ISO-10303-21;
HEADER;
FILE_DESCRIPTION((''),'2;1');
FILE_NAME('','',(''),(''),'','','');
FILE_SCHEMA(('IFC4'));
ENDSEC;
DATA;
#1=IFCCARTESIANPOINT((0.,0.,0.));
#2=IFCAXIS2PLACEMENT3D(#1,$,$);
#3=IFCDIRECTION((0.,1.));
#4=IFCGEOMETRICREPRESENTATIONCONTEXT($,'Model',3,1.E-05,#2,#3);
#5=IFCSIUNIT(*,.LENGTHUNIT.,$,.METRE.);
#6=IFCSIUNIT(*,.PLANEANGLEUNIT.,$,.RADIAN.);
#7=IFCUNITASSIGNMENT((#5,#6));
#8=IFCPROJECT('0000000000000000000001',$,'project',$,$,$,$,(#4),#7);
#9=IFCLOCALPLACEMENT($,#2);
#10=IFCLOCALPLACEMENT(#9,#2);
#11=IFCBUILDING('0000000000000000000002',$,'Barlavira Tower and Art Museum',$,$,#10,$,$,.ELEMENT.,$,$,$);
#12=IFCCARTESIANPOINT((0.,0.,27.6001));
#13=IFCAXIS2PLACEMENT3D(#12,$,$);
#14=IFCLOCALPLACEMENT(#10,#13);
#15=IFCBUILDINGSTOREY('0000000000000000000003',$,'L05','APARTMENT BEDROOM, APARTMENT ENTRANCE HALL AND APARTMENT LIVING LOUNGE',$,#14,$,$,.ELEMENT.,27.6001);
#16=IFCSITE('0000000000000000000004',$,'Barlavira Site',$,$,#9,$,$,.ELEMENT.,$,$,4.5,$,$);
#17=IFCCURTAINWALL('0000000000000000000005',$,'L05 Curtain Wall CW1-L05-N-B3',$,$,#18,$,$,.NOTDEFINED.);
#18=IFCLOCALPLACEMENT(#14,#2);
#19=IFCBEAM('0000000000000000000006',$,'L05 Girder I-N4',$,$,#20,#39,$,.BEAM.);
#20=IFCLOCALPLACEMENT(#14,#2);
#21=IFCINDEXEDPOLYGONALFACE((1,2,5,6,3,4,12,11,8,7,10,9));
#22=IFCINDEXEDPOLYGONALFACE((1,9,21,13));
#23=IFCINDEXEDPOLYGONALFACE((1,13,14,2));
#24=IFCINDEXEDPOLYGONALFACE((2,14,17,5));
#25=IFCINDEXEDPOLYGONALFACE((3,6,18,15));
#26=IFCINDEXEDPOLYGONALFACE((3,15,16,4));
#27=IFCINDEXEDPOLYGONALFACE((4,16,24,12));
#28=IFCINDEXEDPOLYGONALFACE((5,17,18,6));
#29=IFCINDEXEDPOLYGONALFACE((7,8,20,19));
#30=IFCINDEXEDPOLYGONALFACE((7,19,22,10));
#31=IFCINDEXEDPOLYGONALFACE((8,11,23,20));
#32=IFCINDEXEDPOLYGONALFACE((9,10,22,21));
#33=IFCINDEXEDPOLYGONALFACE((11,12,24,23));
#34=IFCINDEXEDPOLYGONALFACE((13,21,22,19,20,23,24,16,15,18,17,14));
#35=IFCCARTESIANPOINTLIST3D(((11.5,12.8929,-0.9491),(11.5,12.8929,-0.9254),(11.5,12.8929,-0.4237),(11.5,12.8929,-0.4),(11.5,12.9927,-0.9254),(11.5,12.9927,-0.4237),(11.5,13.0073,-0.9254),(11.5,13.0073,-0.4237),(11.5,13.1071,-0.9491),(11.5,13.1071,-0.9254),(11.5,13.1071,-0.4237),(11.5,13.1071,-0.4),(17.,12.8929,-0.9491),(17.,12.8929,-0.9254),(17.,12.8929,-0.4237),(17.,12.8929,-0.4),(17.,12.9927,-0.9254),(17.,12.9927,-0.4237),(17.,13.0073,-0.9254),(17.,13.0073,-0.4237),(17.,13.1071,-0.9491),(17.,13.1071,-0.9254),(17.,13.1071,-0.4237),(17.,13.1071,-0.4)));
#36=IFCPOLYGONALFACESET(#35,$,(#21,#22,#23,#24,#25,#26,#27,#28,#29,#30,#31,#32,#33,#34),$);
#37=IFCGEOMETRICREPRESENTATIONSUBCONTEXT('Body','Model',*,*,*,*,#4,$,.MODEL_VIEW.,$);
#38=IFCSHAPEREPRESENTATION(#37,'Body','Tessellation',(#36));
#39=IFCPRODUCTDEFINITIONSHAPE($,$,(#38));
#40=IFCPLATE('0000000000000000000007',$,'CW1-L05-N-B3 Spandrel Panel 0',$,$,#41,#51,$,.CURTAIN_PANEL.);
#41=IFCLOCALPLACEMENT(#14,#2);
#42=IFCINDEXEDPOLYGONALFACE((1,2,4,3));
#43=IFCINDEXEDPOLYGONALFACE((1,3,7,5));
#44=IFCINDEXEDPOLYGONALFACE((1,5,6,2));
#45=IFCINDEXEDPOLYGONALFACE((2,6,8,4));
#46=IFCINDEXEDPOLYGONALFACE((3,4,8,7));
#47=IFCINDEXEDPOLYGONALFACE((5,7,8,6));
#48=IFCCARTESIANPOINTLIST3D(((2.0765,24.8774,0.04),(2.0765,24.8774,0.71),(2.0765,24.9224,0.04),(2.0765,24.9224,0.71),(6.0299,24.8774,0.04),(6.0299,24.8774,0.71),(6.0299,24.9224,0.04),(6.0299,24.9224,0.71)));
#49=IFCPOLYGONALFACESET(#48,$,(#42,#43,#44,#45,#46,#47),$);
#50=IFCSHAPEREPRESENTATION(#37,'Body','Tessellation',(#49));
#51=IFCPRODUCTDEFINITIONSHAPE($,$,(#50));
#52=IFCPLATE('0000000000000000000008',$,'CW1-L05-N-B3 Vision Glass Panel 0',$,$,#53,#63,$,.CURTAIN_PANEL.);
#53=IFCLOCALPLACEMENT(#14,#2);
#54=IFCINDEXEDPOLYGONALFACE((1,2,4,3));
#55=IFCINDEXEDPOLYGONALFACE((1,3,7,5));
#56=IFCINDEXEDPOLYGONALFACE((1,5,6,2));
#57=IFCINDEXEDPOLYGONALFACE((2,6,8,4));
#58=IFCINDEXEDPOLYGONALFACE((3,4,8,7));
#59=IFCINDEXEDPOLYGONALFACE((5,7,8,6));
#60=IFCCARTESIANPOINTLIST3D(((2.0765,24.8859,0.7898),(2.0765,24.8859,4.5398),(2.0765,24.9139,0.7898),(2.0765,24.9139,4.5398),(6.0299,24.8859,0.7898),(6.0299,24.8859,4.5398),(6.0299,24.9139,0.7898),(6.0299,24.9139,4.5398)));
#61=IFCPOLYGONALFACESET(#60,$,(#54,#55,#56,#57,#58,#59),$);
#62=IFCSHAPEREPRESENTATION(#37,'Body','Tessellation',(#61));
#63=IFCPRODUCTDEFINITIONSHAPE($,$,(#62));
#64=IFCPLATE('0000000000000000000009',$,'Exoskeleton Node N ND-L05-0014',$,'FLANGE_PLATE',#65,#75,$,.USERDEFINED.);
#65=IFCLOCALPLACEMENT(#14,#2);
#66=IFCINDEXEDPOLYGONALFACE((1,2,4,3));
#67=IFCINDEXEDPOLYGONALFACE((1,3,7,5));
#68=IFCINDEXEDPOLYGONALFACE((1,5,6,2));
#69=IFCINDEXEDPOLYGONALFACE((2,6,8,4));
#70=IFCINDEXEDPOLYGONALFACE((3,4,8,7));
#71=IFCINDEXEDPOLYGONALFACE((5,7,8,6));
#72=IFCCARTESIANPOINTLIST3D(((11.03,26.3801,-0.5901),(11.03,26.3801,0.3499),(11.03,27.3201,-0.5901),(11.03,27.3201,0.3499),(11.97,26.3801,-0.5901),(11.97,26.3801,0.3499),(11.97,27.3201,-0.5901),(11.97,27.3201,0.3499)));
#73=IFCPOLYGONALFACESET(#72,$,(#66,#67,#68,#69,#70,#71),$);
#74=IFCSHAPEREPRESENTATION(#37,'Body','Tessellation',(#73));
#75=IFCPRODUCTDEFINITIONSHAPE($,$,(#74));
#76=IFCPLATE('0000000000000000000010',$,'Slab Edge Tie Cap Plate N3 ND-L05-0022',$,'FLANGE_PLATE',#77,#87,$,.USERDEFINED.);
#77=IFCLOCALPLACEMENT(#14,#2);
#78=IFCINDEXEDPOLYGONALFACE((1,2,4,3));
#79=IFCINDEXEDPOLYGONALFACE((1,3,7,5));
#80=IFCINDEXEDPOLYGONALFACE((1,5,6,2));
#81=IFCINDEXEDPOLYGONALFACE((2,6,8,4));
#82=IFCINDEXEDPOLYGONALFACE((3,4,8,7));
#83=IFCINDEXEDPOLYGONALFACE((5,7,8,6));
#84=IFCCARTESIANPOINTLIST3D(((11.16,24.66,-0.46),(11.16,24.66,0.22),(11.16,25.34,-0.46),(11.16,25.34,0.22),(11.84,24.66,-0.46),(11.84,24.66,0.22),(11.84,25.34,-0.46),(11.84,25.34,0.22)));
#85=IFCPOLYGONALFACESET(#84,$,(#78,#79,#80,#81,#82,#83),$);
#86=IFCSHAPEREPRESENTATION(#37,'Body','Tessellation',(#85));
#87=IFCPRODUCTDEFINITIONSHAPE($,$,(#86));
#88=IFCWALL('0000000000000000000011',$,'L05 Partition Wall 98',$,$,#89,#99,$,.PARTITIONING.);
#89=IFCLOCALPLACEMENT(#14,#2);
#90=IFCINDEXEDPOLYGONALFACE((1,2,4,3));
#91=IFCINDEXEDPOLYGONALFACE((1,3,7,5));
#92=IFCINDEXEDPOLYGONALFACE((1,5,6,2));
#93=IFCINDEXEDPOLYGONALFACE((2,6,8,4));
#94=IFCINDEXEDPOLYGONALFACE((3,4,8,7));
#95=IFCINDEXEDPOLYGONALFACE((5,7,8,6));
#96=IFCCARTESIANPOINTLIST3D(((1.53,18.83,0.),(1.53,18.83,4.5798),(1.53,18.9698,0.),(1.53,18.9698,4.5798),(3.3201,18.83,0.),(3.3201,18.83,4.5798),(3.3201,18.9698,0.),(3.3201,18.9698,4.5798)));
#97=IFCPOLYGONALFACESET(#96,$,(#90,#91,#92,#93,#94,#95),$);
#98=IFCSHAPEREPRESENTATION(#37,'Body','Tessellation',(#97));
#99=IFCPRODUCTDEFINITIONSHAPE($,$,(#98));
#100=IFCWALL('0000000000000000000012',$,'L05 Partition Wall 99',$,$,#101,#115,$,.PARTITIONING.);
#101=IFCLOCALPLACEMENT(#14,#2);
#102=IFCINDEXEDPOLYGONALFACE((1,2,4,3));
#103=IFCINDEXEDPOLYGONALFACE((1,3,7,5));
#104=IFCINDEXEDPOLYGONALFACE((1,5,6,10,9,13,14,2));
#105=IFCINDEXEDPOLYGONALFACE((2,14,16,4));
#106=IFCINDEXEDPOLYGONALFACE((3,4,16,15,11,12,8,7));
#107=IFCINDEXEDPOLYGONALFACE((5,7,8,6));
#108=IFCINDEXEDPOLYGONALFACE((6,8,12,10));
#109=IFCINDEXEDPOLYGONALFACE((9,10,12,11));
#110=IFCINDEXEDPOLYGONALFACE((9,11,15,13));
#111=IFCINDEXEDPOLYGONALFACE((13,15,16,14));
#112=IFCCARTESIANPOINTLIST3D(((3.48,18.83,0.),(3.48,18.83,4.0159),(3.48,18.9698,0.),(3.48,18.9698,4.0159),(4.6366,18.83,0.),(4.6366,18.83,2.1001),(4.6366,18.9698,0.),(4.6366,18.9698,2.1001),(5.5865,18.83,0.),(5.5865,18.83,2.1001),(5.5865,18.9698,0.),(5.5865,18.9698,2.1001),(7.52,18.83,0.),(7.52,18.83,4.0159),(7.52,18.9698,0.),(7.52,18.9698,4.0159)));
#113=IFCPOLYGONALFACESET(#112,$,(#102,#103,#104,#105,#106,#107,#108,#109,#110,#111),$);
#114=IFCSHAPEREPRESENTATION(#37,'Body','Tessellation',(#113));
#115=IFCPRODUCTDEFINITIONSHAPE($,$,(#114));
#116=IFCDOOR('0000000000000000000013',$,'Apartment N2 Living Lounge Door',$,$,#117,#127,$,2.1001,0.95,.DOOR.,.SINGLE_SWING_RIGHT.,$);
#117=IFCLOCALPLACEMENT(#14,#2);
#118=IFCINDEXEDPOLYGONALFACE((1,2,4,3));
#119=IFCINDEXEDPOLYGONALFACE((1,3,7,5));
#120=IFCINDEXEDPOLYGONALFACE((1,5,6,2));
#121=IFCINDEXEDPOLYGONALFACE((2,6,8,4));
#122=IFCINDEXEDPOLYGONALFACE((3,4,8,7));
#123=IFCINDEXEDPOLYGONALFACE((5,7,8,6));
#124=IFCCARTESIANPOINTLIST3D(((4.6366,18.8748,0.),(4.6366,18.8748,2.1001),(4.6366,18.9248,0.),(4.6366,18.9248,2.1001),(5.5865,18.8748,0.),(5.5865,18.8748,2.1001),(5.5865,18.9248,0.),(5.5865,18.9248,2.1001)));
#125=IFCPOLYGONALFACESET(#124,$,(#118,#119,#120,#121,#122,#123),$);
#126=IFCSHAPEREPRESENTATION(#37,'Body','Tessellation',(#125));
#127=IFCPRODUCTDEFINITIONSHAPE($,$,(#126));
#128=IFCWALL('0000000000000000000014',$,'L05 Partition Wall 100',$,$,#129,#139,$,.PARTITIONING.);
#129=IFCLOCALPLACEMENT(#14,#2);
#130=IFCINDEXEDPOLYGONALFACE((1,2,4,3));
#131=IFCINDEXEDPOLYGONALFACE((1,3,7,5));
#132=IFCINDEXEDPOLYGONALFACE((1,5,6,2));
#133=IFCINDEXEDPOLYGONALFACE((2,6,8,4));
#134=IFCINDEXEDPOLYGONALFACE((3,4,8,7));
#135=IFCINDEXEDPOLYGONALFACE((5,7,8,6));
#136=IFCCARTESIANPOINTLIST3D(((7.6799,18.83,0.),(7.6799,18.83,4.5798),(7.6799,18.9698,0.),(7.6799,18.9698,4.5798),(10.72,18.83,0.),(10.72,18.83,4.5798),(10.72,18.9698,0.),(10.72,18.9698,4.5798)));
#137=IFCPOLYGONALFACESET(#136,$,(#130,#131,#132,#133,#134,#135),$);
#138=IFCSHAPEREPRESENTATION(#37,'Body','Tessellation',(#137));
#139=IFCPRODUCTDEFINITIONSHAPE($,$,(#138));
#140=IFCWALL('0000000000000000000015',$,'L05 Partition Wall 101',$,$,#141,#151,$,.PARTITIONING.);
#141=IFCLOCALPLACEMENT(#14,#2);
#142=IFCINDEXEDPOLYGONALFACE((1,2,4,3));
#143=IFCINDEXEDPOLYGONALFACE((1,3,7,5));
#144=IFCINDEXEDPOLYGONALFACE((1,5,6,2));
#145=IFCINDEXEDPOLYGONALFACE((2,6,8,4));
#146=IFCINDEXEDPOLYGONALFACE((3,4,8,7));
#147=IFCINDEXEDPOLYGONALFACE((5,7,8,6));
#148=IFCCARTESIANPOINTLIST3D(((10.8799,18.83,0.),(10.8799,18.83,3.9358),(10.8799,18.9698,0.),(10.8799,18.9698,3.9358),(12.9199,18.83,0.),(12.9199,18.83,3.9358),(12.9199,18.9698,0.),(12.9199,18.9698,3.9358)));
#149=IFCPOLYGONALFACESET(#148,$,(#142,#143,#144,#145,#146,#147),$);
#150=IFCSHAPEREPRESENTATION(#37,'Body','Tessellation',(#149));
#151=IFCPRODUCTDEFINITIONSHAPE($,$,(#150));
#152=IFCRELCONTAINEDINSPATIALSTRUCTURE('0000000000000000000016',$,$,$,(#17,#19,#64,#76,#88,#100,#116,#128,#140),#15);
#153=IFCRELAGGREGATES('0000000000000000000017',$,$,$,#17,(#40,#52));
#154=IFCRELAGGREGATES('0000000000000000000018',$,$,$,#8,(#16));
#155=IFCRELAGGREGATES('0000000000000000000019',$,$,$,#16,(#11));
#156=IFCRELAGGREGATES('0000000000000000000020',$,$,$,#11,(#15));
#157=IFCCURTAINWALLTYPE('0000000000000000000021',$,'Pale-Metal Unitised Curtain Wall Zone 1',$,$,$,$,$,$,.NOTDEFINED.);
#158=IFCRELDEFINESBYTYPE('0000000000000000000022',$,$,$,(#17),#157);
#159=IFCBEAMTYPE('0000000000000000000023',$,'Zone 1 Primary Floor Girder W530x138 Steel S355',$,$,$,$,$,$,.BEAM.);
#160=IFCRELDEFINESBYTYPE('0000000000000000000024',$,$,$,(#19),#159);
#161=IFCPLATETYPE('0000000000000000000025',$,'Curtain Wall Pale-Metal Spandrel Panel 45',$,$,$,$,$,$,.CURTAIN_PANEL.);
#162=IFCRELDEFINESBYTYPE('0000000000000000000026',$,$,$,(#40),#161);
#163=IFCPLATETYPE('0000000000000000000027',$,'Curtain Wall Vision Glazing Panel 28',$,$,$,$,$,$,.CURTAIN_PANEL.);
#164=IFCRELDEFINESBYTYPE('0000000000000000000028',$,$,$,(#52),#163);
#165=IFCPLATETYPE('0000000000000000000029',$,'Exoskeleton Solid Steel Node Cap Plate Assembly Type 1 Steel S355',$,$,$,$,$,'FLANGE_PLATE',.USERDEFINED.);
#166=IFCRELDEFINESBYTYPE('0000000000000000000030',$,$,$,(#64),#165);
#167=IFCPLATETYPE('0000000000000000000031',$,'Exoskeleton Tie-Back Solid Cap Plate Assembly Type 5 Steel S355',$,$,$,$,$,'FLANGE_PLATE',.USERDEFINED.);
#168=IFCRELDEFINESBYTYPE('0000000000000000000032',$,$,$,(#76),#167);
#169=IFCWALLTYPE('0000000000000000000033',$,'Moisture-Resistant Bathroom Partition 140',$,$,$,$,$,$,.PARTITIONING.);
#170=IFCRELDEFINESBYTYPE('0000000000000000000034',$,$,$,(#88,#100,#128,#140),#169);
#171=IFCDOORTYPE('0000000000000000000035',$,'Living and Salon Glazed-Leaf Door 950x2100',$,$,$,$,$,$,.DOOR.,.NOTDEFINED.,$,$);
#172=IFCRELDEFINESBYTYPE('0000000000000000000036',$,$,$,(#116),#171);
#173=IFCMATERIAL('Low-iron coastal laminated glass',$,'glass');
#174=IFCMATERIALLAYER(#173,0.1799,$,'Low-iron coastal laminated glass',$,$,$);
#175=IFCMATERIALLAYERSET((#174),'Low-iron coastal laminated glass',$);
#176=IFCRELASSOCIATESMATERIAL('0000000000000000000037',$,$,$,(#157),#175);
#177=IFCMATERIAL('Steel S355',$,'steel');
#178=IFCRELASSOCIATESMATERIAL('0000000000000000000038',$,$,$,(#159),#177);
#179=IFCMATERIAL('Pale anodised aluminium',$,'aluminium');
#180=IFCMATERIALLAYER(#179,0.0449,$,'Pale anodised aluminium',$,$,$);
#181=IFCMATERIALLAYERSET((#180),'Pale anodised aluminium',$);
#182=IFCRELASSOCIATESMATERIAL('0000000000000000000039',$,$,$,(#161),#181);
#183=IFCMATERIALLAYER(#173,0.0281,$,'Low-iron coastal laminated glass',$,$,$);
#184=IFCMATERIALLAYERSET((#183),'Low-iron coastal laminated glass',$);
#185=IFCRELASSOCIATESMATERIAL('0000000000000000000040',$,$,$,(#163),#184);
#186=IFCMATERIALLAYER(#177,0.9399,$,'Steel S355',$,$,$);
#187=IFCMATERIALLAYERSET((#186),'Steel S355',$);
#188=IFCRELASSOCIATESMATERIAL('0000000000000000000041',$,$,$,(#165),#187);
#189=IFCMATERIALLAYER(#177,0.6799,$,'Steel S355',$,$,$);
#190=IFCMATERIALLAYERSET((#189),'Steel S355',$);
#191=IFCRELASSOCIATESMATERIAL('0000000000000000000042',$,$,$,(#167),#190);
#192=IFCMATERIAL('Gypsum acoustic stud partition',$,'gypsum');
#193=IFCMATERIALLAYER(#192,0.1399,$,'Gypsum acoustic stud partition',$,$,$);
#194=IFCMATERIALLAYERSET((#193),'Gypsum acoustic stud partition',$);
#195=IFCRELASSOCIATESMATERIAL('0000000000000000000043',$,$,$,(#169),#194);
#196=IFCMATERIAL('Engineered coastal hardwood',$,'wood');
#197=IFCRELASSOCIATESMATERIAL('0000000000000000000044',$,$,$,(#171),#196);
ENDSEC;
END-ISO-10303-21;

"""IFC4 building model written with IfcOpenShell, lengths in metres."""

from ifc_helpers import new_model, si_unit, direction, frame, frame_2d, origin, origin_2d, place, context, subcontext, project, spatial, rectangle, i_section, extrude, material, layer, layer_set, material_profile, profile_set, type_object, element, fill, aggregate, save


model = new_model("IFC4")

# Units and contexts
model_context = context("Model", 3, precision=1e-05, world=origin(), true_north=direction((0.0, 1.0)))
body_context = subcontext(model_context, "Body", "Model", "MODEL_VIEW")
ifc_project = project(units=[si_unit("LENGTHUNIT", "METRE"), si_unit("PLANEANGLEUNIT", "RADIAN")], contexts=[model_context])

# Site, building, storey
site_placement = place(None, origin())
site = spatial("IfcSite", under=ifc_project, at=site_placement, Name="Barlavira Site", CompositionType="ELEMENT", RefElevation=4.5)
building_placement = place(site_placement, origin())
building = spatial("IfcBuilding", under=site, at=building_placement, Name="Barlavira Tower and Art Museum", CompositionType="ELEMENT")
storey_placement = place(building_placement, frame((0.0, 0.0, 27.6001)))
storey = spatial("IfcBuildingStorey", under=building, at=storey_placement, Name="L05", Description="APARTMENT BEDROOM, APARTMENT ENTRANCE HALL AND APARTMENT LIVING LOUNGE", CompositionType="ELEMENT", Elevation=27.6001)

# Curtain wall
ifc_material_1 = material(Name="Low-iron coastal laminated glass", Category="glass")
ifc_layer_1 = layer(ifc_material_1, 0.1799, Name="Low-iron coastal laminated glass")
ifc_layer_set_1 = layer_set([ifc_layer_1], Name="Low-iron coastal laminated glass")
curtain_wall_type = type_object("IfcCurtainWallType", Name="Pale-Metal Unitised Curtain Wall Zone 1", PredefinedType="NOTDEFINED", material=ifc_layer_set_1)
curtain_wall_placement = place(storey_placement, origin())
curtain_wall = element("IfcCurtainWall", 1, at=curtain_wall_placement, inside=storey, type_object=curtain_wall_type, Name="L05 Curtain Wall CW1-L05-N-B3", PredefinedType="NOTDEFINED")
ifc_material_2 = material(Name="Pale anodised aluminium", Category="aluminium")

# Shared definitions
ifc_material_3 = material(Name="Steel S355", Category="steel")

# Beam
ifc_material_profile_1 = material_profile(ifc_material_3, i_section(OverallWidth=0.2141, OverallDepth=0.5491, WebThickness=0.0146, FlangeThickness=0.0237, at=origin_2d()), Name="W530x138.0")
ifc_profile_set_1 = profile_set([ifc_material_profile_1], Name="Steel S355")
beam_type_1 = type_object("IfcBeamType", Name="Zone 1 Primary Floor Girder W530x138 Steel S355", PredefinedType="BEAM", material=ifc_profile_set_1)
beam_1_placement = place(storey_placement, frame((11.5, 13.0, -0.6746), z_axis=(1.0, 0.0, 0.0), x_axis=(0.0, 1.0, 0.0)))
element("IfcBeam", 2, at=beam_1_placement, inside=storey, type_object=beam_type_1, Name="L05 Girder I-N4", PredefinedType="BEAM", context=body_context, shape_type="SweptSolid", body=[
    extrude(i_section(OverallWidth=0.2141, OverallDepth=0.5491, WebThickness=0.0146, FlangeThickness=0.0237, at=origin_2d()), origin(), (0.0, 0.0, 1.0), 5.5),
])

# Plates
ifc_layer_2 = layer(ifc_material_2, 0.0449, Name="Pale anodised aluminium")
ifc_layer_set_2 = layer_set([ifc_layer_2], Name="Pale anodised aluminium")
plate_type_1 = type_object("IfcPlateType", Name="Curtain Wall Pale-Metal Spandrel Panel 45", PredefinedType="CURTAIN_PANEL", material=ifc_layer_set_2)
plate_1_placement = place(storey_placement, frame((4.0532, 24.8999, 0.04), z_axis=(0.0, 0.0, 1.0), x_axis=(-1.0, 0.0, 0.0)))
plate_1 = element("IfcPlate", 3, at=plate_1_placement, type_object=plate_type_1, Name="CW1-L05-N-B3 Spandrel Panel 0", PredefinedType="CURTAIN_PANEL", context=body_context, shape_type="SweptSolid", body=[
    extrude(rectangle(XDim=3.9534, YDim=0.0449, at=origin_2d()), origin(), (0.0, 0.0, 1.0), 0.6699),
])
ifc_layer_3 = layer(ifc_material_1, 0.0281, Name="Low-iron coastal laminated glass")
ifc_layer_set_3 = layer_set([ifc_layer_3], Name="Low-iron coastal laminated glass")
plate_type_2 = type_object("IfcPlateType", Name="Curtain Wall Vision Glazing Panel 28", PredefinedType="CURTAIN_PANEL", material=ifc_layer_set_3)
plate_2_placement = place(storey_placement, frame((4.0532, 24.8999, 0.7898), z_axis=(0.0, 0.0, 1.0), x_axis=(-1.0, 0.0, 0.0)))
plate_2 = element("IfcPlate", 4, at=plate_2_placement, type_object=plate_type_2, Name="CW1-L05-N-B3 Vision Glass Panel 0", PredefinedType="CURTAIN_PANEL", context=body_context, shape_type="SweptSolid", body=[
    extrude(rectangle(XDim=3.9534, YDim=0.0281, at=origin_2d()), origin(), (0.0, 0.0, 1.0), 3.75),
])
aggregate(curtain_wall, [plate_1, plate_2])

# Plates
ifc_layer_4 = layer(ifc_material_3, 0.9399, Name="Steel S355")
ifc_layer_set_4 = layer_set([ifc_layer_4], Name="Steel S355")
plate_type_3 = type_object("IfcPlateType", Name="Exoskeleton Solid Steel Node Cap Plate Assembly Type 1 Steel S355", ElementType="FLANGE_PLATE", PredefinedType="USERDEFINED", material=ifc_layer_set_4)
plate_3_placement = place(storey_placement, frame((11.5, 26.8501, -0.5901), z_axis=(0.0, 0.0, 1.0), x_axis=(1.0, 0.0, 0.0)))
element("IfcPlate", 5, at=plate_3_placement, inside=storey, type_object=plate_type_3, Name="Exoskeleton Node N ND-L05-0014", ObjectType="FLANGE_PLATE", PredefinedType="USERDEFINED", context=body_context, shape_type="SweptSolid", body=[
    extrude(rectangle(XDim=0.9399, YDim=0.9399, at=origin_2d()), origin(), (0.0, 0.0, 1.0), 0.9399),
])
ifc_layer_5 = layer(ifc_material_3, 0.6799, Name="Steel S355")
ifc_layer_set_5 = layer_set([ifc_layer_5], Name="Steel S355")
plate_type_4 = type_object("IfcPlateType", Name="Exoskeleton Tie-Back Solid Cap Plate Assembly Type 5 Steel S355", ElementType="FLANGE_PLATE", PredefinedType="USERDEFINED", material=ifc_layer_set_5)
plate_4_placement = place(storey_placement, frame((11.5, 25.0, -0.46), z_axis=(0.0, 0.0, 1.0), x_axis=(1.0, 0.0, 0.0)))
element("IfcPlate", 6, at=plate_4_placement, inside=storey, type_object=plate_type_4, Name="Slab Edge Tie Cap Plate N3 ND-L05-0022", ObjectType="FLANGE_PLATE", PredefinedType="USERDEFINED", context=body_context, shape_type="SweptSolid", body=[
    extrude(rectangle(XDim=0.6799, YDim=0.6799, at=origin_2d()), origin(), (0.0, 0.0, 1.0), 0.6799),
])

# Wall
ifc_material_4 = material(Name="Gypsum acoustic stud partition", Category="gypsum")
ifc_layer_6 = layer(ifc_material_4, 0.1399, Name="Gypsum acoustic stud partition")
ifc_layer_set_6 = layer_set([ifc_layer_6], Name="Gypsum acoustic stud partition")
wall_type_1 = type_object("IfcWallType", Name="Moisture-Resistant Bathroom Partition 140", PredefinedType="PARTITIONING", material=ifc_layer_set_6)
wall_1_placement = place(storey_placement, frame((1.53, 18.8999, 0.0), z_axis=(0.0, 0.0, 1.0), x_axis=(1.0, 0.0, 0.0)))
element("IfcWall", 7, at=wall_1_placement, inside=storey, type_object=wall_type_1, Name="L05 Partition Wall 98", PredefinedType="PARTITIONING", context=body_context, shape_type="SweptSolid", body=[
    extrude(rectangle(XDim=1.79, YDim=0.1399, at=frame_2d((0.895, 0.0))), origin(), (0.0, 0.0, 1.0), 4.5798),
])

# Wall, opening, door
wall_2_placement = place(storey_placement, frame((3.48, 18.8999, 0.0), z_axis=(0.0, 0.0, 1.0), x_axis=(1.0, 0.0, 0.0)))
wall_2 = element("IfcWall", 8, at=wall_2_placement, inside=storey, type_object=wall_type_1, Name="L05 Partition Wall 99", PredefinedType="PARTITIONING", context=body_context, shape_type="SweptSolid", body=[
    extrude(rectangle(XDim=4.04, YDim=0.1399, at=frame_2d((2.02, 0.0))), origin(), (0.0, 0.0, 1.0), 4.0159),
])
opening_1_placement = place(wall_2_placement, frame((1.1565, 0.0, 0.0)))
opening_1 = element("IfcOpeningElement", 9, at=opening_1_placement, cuts=wall_2, PredefinedType="OPENING", context=body_context, shape_type="SweptSolid", body=[
    extrude(rectangle(XDim=0.95, YDim=2.1001, at=frame_2d((0.4751, 1.05))), frame((0.0, 0.0801, 0.0), z_axis=(0.0, -1.0, 0.0), x_axis=(1.0, 0.0, 0.0)), (0.0, 0.0, 1.0), 0.1599),
])
ifc_material_5 = material(Name="Engineered coastal hardwood", Category="wood")
door_type = type_object("IfcDoorType", Name="Living and Salon Glazed-Leaf Door 950x2100", OperationType="NOTDEFINED", PredefinedType="DOOR", material=ifc_material_5)
door_placement = place(opening_1_placement, origin())
door = element("IfcDoor", 10, at=door_placement, inside=storey, type_object=door_type, Name="Apartment N2 Living Lounge Door", OperationType="SINGLE_SWING_RIGHT", OverallHeight=2.1001, OverallWidth=0.95, PredefinedType="DOOR", context=body_context, shape_type="SweptSolid", body=[
    extrude(rectangle(XDim=0.95, YDim=2.1001, at=frame_2d((0.4751, 1.05))), frame((0.0, 0.0249, 0.0), z_axis=(0.0, -1.0, 0.0), x_axis=(1.0, 0.0, 0.0)), (0.0, 0.0, 1.0), 0.05),
])
fill(opening_1, door)

# Walls
wall_3_placement = place(storey_placement, frame((7.6799, 18.8999, 0.0), z_axis=(0.0, 0.0, 1.0), x_axis=(1.0, 0.0, 0.0)))
element("IfcWall", 11, at=wall_3_placement, inside=storey, type_object=wall_type_1, Name="L05 Partition Wall 100", PredefinedType="PARTITIONING", context=body_context, shape_type="SweptSolid", body=[
    extrude(rectangle(XDim=3.04, YDim=0.1399, at=frame_2d((1.52, 0.0))), origin(), (0.0, 0.0, 1.0), 4.5798),
])
wall_4_placement = place(storey_placement, frame((10.8799, 18.8999, 0.0), z_axis=(0.0, 0.0, 1.0), x_axis=(1.0, 0.0, 0.0)))
element("IfcWall", 12, at=wall_4_placement, inside=storey, type_object=wall_type_1, Name="L05 Partition Wall 101", PredefinedType="PARTITIONING", context=body_context, shape_type="SweptSolid", body=[
    extrude(rectangle(XDim=2.04, YDim=0.1399, at=frame_2d((1.02, 0.0))), origin(), (0.0, 0.0, 1.0), 3.9358),
])

save(model, "model.ifc")
